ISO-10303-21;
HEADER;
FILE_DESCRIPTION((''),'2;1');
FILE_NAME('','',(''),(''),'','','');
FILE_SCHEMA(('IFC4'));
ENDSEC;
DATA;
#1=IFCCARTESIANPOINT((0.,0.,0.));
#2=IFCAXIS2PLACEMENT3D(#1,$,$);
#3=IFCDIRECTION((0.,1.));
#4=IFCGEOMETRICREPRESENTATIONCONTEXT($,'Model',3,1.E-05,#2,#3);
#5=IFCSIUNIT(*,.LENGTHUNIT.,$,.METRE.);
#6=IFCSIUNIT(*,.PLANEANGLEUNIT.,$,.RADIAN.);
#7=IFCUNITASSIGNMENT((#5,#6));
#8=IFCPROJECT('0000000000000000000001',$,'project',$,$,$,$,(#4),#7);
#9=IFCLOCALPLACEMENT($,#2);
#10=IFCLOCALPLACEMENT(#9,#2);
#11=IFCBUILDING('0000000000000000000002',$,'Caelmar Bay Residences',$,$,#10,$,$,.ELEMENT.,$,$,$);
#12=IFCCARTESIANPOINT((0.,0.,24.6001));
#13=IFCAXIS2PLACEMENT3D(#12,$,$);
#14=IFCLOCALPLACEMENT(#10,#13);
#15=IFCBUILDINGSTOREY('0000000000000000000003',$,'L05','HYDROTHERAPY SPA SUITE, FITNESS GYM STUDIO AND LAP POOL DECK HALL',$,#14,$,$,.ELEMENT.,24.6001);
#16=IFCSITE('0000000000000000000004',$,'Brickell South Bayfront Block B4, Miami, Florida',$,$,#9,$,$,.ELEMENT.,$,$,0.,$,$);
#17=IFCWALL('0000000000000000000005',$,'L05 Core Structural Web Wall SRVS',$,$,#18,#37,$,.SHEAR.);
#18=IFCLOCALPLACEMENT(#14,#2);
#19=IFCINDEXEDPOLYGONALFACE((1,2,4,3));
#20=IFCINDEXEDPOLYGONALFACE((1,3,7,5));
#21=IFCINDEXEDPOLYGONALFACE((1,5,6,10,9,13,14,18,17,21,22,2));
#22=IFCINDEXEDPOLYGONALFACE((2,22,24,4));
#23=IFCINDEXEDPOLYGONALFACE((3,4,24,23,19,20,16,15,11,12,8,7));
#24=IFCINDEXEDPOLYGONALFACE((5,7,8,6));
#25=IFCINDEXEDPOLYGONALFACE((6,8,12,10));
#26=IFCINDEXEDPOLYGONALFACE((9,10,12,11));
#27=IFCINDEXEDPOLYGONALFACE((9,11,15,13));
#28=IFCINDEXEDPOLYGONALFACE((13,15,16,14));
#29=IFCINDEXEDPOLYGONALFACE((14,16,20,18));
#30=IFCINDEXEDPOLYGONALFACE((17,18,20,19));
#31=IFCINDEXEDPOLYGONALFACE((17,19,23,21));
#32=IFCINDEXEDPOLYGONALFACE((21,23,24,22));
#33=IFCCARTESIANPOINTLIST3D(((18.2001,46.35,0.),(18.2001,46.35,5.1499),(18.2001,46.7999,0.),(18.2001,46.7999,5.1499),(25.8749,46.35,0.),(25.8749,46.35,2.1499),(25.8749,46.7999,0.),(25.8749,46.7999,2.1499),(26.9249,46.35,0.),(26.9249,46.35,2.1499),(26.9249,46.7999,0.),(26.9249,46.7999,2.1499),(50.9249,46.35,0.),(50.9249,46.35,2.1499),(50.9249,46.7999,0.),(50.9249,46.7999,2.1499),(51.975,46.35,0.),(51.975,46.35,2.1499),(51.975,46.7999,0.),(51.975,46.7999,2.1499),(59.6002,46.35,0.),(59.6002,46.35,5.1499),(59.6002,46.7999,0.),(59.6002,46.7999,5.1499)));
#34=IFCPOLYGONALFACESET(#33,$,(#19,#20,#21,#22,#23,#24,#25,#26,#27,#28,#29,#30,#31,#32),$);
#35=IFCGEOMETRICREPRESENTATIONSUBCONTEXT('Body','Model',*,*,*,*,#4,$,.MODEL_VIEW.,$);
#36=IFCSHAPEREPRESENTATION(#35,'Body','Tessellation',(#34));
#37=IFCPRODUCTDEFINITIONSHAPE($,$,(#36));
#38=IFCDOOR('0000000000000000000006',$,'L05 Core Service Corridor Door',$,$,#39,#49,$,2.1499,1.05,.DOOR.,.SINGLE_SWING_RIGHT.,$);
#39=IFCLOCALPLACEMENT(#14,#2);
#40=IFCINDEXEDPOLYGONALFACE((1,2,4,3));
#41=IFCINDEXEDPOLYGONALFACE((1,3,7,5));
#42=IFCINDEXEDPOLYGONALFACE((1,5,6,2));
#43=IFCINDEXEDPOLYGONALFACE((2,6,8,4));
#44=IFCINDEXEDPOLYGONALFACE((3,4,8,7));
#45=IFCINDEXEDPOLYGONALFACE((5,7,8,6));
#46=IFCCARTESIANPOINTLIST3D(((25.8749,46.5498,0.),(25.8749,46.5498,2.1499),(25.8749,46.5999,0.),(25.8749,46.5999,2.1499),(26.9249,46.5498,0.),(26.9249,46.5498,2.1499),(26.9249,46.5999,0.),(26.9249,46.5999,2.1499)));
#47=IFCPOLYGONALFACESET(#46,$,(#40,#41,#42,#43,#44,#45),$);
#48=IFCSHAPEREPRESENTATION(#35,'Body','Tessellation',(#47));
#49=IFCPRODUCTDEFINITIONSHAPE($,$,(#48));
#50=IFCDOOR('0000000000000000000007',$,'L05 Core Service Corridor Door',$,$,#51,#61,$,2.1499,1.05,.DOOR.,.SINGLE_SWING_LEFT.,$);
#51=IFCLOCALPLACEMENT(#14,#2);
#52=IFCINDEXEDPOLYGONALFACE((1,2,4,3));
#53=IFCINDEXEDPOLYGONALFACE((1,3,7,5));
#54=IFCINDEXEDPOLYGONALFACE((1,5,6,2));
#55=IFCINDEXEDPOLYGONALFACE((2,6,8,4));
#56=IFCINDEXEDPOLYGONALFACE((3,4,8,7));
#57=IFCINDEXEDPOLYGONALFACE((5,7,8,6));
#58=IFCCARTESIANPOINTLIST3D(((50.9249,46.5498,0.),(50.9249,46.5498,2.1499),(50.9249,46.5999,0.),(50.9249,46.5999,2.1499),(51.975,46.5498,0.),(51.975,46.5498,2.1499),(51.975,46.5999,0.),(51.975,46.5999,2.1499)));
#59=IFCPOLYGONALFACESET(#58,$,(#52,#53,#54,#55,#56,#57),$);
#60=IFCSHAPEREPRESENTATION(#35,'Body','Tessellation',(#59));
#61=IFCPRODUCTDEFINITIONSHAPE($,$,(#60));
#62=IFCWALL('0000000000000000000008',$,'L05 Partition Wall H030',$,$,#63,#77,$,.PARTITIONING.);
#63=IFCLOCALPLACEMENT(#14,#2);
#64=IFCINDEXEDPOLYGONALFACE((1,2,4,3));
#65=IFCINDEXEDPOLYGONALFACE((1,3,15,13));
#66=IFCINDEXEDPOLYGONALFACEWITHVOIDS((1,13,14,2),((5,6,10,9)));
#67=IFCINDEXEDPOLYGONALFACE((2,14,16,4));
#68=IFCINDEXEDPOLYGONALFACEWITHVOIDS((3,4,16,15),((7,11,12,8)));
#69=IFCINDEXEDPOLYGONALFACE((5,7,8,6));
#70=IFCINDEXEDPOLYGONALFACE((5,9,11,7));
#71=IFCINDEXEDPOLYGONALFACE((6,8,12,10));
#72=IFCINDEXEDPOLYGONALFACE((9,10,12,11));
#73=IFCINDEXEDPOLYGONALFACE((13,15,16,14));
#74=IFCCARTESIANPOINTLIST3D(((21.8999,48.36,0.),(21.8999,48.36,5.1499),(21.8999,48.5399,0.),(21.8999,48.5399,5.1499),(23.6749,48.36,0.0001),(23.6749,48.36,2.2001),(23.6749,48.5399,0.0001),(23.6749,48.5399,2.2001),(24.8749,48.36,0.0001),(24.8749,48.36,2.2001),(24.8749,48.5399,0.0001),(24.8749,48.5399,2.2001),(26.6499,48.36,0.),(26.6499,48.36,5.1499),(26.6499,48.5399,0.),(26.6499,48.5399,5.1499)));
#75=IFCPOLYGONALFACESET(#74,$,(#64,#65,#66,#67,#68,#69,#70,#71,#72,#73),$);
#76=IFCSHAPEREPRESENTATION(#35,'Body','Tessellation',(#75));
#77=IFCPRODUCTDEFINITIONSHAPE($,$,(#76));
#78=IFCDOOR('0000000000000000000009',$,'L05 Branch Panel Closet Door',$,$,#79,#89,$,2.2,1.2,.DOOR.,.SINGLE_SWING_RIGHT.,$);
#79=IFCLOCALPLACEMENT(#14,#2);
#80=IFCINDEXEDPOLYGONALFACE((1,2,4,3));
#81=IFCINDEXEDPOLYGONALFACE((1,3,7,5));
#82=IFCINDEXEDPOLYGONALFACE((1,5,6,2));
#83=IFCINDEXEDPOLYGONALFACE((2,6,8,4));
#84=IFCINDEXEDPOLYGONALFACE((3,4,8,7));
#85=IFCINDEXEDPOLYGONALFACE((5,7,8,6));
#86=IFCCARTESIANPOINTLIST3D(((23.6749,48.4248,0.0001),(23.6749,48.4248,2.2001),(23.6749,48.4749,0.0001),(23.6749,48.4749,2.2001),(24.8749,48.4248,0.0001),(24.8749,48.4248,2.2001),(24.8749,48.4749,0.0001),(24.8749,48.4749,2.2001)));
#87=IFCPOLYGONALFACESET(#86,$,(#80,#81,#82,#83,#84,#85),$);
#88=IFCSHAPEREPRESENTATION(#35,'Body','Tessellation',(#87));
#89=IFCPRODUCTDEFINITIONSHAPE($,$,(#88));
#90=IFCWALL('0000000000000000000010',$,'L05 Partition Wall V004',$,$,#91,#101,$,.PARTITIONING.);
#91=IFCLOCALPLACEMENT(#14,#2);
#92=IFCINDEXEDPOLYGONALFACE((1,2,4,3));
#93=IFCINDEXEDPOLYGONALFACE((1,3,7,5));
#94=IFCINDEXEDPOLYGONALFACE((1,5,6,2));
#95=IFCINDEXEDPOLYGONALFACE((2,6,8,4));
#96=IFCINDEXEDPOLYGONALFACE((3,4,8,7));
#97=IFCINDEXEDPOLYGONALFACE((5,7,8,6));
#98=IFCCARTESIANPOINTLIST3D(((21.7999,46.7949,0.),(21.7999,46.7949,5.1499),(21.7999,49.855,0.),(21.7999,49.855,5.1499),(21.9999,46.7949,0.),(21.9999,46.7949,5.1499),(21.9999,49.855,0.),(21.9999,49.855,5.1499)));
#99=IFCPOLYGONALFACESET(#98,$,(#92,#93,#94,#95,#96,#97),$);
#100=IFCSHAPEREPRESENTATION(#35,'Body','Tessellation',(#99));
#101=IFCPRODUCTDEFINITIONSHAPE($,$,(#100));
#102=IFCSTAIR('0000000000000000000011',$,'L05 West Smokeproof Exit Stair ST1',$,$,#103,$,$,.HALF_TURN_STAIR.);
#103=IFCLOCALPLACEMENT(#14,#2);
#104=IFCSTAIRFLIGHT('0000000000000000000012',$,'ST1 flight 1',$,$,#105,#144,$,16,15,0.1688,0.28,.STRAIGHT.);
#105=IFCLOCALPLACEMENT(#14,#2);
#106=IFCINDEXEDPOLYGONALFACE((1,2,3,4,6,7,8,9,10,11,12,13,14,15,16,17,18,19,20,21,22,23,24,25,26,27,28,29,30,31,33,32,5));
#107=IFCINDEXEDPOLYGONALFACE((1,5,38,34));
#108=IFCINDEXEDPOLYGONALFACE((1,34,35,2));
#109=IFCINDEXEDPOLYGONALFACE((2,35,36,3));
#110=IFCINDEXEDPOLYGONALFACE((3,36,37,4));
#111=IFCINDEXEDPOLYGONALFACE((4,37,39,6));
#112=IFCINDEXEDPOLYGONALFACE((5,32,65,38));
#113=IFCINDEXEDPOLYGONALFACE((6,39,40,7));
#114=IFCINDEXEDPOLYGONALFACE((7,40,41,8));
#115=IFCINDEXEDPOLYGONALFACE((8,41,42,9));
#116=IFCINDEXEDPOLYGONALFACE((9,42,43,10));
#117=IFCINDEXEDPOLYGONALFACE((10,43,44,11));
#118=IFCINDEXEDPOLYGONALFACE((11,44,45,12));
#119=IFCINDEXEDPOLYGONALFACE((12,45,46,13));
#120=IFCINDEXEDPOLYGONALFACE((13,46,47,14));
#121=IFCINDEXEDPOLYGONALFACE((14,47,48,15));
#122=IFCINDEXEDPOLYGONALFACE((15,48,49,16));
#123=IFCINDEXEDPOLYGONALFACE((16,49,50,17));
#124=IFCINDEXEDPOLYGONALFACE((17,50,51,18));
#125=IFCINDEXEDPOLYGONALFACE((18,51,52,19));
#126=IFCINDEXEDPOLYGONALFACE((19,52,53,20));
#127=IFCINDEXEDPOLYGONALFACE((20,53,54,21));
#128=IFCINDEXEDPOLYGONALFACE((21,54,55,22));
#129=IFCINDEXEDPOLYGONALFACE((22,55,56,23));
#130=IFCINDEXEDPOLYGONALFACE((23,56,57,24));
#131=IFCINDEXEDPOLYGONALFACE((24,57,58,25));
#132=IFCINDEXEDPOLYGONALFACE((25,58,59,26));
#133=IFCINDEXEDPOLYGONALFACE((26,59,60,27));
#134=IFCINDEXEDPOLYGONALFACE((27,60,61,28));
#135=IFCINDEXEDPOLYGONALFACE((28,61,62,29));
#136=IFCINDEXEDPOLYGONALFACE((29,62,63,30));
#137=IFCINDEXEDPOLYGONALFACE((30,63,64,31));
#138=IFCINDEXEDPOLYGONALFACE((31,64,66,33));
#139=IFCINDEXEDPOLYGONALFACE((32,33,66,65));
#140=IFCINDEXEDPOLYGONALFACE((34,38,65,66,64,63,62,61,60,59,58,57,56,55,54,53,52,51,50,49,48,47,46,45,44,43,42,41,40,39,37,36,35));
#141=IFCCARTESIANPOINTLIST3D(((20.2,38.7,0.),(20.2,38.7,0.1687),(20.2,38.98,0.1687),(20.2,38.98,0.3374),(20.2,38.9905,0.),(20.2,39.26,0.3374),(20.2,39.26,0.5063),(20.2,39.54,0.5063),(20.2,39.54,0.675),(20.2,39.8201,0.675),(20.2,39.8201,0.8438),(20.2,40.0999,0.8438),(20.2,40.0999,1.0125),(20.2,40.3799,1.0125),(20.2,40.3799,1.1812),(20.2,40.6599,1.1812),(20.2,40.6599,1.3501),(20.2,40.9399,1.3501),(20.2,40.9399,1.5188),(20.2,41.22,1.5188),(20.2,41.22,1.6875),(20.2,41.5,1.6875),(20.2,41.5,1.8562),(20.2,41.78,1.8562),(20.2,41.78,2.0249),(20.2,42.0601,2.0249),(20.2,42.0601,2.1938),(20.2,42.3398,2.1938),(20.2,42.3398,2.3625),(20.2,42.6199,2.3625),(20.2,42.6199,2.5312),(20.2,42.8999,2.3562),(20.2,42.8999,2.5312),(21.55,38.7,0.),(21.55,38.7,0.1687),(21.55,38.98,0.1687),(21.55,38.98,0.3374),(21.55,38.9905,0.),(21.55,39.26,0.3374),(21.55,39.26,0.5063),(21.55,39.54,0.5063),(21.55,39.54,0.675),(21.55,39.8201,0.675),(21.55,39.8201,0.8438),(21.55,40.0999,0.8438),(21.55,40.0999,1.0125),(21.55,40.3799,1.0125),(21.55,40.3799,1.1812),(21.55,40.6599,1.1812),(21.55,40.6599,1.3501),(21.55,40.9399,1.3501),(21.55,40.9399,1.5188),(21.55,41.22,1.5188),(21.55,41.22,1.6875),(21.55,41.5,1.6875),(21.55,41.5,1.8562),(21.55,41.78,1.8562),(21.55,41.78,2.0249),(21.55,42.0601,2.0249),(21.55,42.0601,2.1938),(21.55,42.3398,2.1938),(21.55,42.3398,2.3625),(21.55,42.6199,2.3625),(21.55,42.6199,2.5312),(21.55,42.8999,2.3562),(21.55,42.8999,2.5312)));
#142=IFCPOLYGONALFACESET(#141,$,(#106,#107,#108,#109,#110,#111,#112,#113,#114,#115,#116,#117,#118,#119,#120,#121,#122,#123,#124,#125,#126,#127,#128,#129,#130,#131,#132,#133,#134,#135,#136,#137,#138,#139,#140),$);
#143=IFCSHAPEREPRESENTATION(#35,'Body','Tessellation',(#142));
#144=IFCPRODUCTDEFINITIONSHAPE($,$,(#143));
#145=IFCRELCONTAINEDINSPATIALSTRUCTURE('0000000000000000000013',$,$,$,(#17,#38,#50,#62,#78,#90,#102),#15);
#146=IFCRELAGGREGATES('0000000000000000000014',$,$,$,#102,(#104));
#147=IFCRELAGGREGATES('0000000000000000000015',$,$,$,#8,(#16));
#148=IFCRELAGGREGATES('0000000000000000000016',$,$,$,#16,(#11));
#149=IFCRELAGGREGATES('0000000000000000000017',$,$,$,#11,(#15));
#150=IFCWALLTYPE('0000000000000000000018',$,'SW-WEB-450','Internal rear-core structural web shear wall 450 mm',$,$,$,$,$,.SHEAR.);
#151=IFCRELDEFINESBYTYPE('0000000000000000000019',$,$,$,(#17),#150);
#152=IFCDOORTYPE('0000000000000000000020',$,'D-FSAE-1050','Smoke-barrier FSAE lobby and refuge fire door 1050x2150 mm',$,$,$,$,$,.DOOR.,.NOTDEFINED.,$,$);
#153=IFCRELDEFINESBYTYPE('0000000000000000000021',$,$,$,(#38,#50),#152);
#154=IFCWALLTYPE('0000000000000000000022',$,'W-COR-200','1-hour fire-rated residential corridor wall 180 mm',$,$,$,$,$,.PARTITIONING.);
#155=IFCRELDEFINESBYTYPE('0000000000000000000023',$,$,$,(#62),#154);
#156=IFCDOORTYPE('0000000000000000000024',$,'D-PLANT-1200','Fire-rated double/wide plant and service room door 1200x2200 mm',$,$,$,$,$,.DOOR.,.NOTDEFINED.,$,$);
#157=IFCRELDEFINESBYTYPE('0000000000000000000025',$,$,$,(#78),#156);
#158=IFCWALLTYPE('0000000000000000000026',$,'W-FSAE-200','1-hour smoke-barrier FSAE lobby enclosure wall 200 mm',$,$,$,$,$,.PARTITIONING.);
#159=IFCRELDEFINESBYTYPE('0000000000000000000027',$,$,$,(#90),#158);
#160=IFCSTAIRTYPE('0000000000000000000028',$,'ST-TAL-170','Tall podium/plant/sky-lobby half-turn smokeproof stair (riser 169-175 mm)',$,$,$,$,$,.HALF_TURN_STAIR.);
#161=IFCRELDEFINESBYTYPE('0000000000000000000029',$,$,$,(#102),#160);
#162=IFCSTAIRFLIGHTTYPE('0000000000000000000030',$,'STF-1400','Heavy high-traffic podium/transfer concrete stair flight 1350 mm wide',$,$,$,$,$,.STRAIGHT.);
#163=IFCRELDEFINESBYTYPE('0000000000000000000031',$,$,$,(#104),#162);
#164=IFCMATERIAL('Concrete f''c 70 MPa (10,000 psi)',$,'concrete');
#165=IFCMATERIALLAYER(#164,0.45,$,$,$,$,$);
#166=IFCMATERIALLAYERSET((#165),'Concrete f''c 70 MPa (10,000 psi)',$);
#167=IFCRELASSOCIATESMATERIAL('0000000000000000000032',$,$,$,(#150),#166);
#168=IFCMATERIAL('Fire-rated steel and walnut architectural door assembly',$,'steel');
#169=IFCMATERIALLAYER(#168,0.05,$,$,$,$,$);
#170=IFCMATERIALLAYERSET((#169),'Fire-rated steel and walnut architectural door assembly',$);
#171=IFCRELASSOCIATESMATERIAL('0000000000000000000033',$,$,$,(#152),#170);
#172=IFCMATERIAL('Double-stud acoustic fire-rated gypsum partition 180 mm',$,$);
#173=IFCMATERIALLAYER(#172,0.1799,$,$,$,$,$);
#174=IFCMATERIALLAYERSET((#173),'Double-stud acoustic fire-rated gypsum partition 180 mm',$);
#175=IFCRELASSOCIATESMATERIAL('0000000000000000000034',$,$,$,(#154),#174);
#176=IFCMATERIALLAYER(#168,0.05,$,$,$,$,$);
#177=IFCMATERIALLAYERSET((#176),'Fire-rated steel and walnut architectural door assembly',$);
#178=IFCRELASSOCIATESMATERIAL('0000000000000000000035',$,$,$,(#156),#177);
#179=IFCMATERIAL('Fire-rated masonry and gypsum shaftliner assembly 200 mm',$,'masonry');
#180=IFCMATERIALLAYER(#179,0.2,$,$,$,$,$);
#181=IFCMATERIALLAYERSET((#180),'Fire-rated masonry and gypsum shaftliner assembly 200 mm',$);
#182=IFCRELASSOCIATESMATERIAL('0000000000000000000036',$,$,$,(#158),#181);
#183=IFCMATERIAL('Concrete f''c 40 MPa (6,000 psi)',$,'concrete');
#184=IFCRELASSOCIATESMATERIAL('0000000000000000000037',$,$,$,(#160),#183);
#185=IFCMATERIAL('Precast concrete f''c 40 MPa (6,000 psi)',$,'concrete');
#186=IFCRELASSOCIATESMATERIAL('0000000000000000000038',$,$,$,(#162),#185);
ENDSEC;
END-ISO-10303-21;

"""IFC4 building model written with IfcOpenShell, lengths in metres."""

from ifc_helpers import new_model, si_unit, direction, frame, frame_2d, origin, place, context, subcontext, project, spatial, polyline, rectangle, outline, extrude, material, layer, layer_set, type_object, element, fill, aggregate, save


model = new_model("IFC4")

# Units and contexts
model_context = context("Model", 3, precision=1e-05, world=origin(), true_north=direction((0.0, 1.0)))
body_context = subcontext(model_context, "Body", "Model", "MODEL_VIEW")
ifc_project = project(units=[si_unit("LENGTHUNIT", "METRE"), si_unit("PLANEANGLEUNIT", "RADIAN")], contexts=[model_context])

# Site, building, storey
site_placement = place(None, origin())
site = spatial("IfcSite", under=ifc_project, at=site_placement, Name="Brickell South Bayfront Block B4, Miami, Florida", CompositionType="ELEMENT", RefElevation=0.0)
building_placement = place(site_placement, origin())
building = spatial("IfcBuilding", under=site, at=building_placement, Name="Caelmar Bay Residences", CompositionType="ELEMENT")
storey_placement = place(building_placement, frame((0.0, 0.0, 24.6001)))
storey = spatial("IfcBuildingStorey", under=building, at=storey_placement, Name="L05", Description="HYDROTHERAPY SPA SUITE, FITNESS GYM STUDIO AND LAP POOL DECK HALL", CompositionType="ELEMENT", Elevation=24.6001)

# Wall, openings, doors
ifc_material_1 = material(Name="Concrete f'c 70 MPa (10,000 psi)", Category="concrete")
ifc_layer_1 = layer(ifc_material_1, 0.45)
ifc_layer_set_1 = layer_set([ifc_layer_1], Name="Concrete f'c 70 MPa (10,000 psi)")
wall_type_1 = type_object("IfcWallType", Name="SW-WEB-450", Description="Internal rear-core structural web shear wall 450 mm", PredefinedType="SHEAR", material=ifc_layer_set_1)
wall_1_placement = place(storey_placement, frame((18.2, 46.575, 0.0), z_axis=(0.0, 0.0, 1.0), x_axis=(1.0, 0.0, 0.0)))
wall_1 = element("IfcWall", 1, at=wall_1_placement, inside=storey, type_object=wall_type_1, Name="L05 Core Structural Web Wall SRVS", PredefinedType="SHEAR", context=body_context, shape_type="SweptSolid", body=[
    extrude(rectangle(XDim=41.4001, YDim=0.45, at=frame_2d((20.7002, 0.0))), origin(), (0.0, 0.0, 1.0), 5.1499),
])
opening_1_placement = place(wall_1_placement, frame((7.675, 0.0, 0.0)))
opening_1 = element("IfcOpeningElement", 2, at=opening_1_placement, cuts=wall_1, PredefinedType="OPENING", context=body_context, shape_type="SweptSolid", body=[
    extrude(rectangle(XDim=1.05, YDim=2.1499, at=frame_2d((0.5249, 1.075))), frame((0.0, 0.2349, 0.0), z_axis=(0.0, -1.0, 0.0), x_axis=(1.0, 0.0, 0.0)), (0.0, 0.0, 1.0), 0.47),
])
opening_2_placement = place(wall_1_placement, frame((32.7251, 0.0, 0.0)))
opening_2 = element("IfcOpeningElement", 3, at=opening_2_placement, cuts=wall_1, PredefinedType="OPENING", context=body_context, shape_type="SweptSolid", body=[
    extrude(rectangle(XDim=1.05, YDim=2.1499, at=frame_2d((0.5249, 1.075))), frame((0.0, 0.2349, 0.0), z_axis=(0.0, -1.0, 0.0), x_axis=(1.0, 0.0, 0.0)), (0.0, 0.0, 1.0), 0.47),
])
ifc_material_2 = material(Name="Fire-rated steel and walnut architectural door assembly", Category="steel")
ifc_layer_2 = layer(ifc_material_2, 0.05)
ifc_layer_set_2 = layer_set([ifc_layer_2], Name="Fire-rated steel and walnut architectural door assembly")
door_type_1 = type_object("IfcDoorType", Name="D-FSAE-1050", Description="Smoke-barrier FSAE lobby and refuge fire door 1050x2150 mm", OperationType="NOTDEFINED", PredefinedType="DOOR", material=ifc_layer_set_2)
door_1_placement = place(opening_1_placement, origin())
door_1 = element("IfcDoor", 4, at=door_1_placement, inside=storey, type_object=door_type_1, Name="L05 Core Service Corridor Door", OperationType="SINGLE_SWING_RIGHT", OverallHeight=2.1499, OverallWidth=1.05, PredefinedType="DOOR", context=body_context, shape_type="SweptSolid", body=[
    extrude(rectangle(XDim=1.05, YDim=2.1499, at=frame_2d((0.5249, 1.075))), frame((0.0, 0.0249, 0.0), z_axis=(0.0, -1.0, 0.0), x_axis=(1.0, 0.0, 0.0)), (0.0, 0.0, 1.0), 0.05),
])
fill(opening_1, door_1)
door_2_placement = place(opening_2_placement, origin())
door_2 = element("IfcDoor", 5, at=door_2_placement, inside=storey, type_object=door_type_1, Name="L05 Core Service Corridor Door", OperationType="SINGLE_SWING_LEFT", OverallHeight=2.1499, OverallWidth=1.05, PredefinedType="DOOR", context=body_context, shape_type="SweptSolid", body=[
    extrude(rectangle(XDim=1.05, YDim=2.1499, at=frame_2d((0.5249, 1.075))), frame((0.0, 0.0249, 0.0), z_axis=(0.0, -1.0, 0.0), x_axis=(1.0, 0.0, 0.0)), (0.0, 0.0, 1.0), 0.05),
])
fill(opening_2, door_2)

# Wall, opening, door
ifc_material_3 = material(Name="Double-stud acoustic fire-rated gypsum partition 180 mm")
ifc_layer_3 = layer(ifc_material_3, 0.1799)
ifc_layer_set_3 = layer_set([ifc_layer_3], Name="Double-stud acoustic fire-rated gypsum partition 180 mm")
wall_type_2 = type_object("IfcWallType", Name="W-COR-200", Description="1-hour fire-rated residential corridor wall 180 mm", PredefinedType="PARTITIONING", material=ifc_layer_set_3)
wall_2_placement = place(storey_placement, frame((21.8999, 48.45, 0.0), z_axis=(0.0, 0.0, 1.0), x_axis=(1.0, 0.0, 0.0)))
wall_2 = element("IfcWall", 6, at=wall_2_placement, inside=storey, type_object=wall_type_2, Name="L05 Partition Wall H030", PredefinedType="PARTITIONING", context=body_context, shape_type="SweptSolid", body=[
    extrude(rectangle(XDim=4.75, YDim=0.1799, at=frame_2d((2.375, 0.0))), origin(), (0.0, 0.0, 1.0), 5.1499),
])
opening_3_placement = place(wall_2_placement, frame((1.7749, 0.0, 0.0)))
opening_3 = element("IfcOpeningElement", 7, at=opening_3_placement, cuts=wall_2, PredefinedType="OPENING", context=body_context, shape_type="SweptSolid", body=[
    extrude(rectangle(XDim=1.2, YDim=2.2, at=frame_2d((0.6001, 1.1001))), frame((0.0, 0.0999, 0.0), z_axis=(0.0, -1.0, 0.0), x_axis=(1.0, 0.0, 0.0)), (0.0, 0.0, 1.0), 0.2),
])
ifc_layer_4 = layer(ifc_material_2, 0.05)
ifc_layer_set_4 = layer_set([ifc_layer_4], Name="Fire-rated steel and walnut architectural door assembly")
door_type_2 = type_object("IfcDoorType", Name="D-PLANT-1200", Description="Fire-rated double/wide plant and service room door 1200x2200 mm", OperationType="NOTDEFINED", PredefinedType="DOOR", material=ifc_layer_set_4)
door_3_placement = place(opening_3_placement, origin())
door_3 = element("IfcDoor", 8, at=door_3_placement, inside=storey, type_object=door_type_2, Name="L05 Branch Panel Closet Door", OperationType="SINGLE_SWING_RIGHT", OverallHeight=2.2, OverallWidth=1.2, PredefinedType="DOOR", context=body_context, shape_type="SweptSolid", body=[
    extrude(rectangle(XDim=1.2, YDim=2.2, at=frame_2d((0.6001, 1.1001))), frame((0.0, 0.0249, 0.0), z_axis=(0.0, -1.0, 0.0), x_axis=(1.0, 0.0, 0.0)), (0.0, 0.0, 1.0), 0.05),
])
fill(opening_3, door_3)

# Wall
ifc_material_4 = material(Name="Fire-rated masonry and gypsum shaftliner assembly 200 mm", Category="masonry")
ifc_layer_5 = layer(ifc_material_4, 0.2)
ifc_layer_set_5 = layer_set([ifc_layer_5], Name="Fire-rated masonry and gypsum shaftliner assembly 200 mm")
wall_type_3 = type_object("IfcWallType", Name="W-FSAE-200", Description="1-hour smoke-barrier FSAE lobby enclosure wall 200 mm", PredefinedType="PARTITIONING", material=ifc_layer_set_5)
wall_3_placement = place(storey_placement, frame((21.8999, 46.7949, 0.0), z_axis=(0.0, 0.0, 1.0), x_axis=(0.0, 1.0, 0.0)))
element("IfcWall", 9, at=wall_3_placement, inside=storey, type_object=wall_type_3, Name="L05 Partition Wall V004", PredefinedType="PARTITIONING", context=body_context, shape_type="SweptSolid", body=[
    extrude(rectangle(XDim=3.0601, YDim=0.2, at=frame_2d((1.53, 0.0))), origin(), (0.0, 0.0, 1.0), 5.1499),
])

# Stair, stair flight
ifc_material_5 = material(Name="Concrete f'c 40 MPa (6,000 psi)", Category="concrete")
stair_type = type_object("IfcStairType", Name="ST-TAL-170", Description="Tall podium/plant/sky-lobby half-turn smokeproof stair (riser 169-175 mm)", PredefinedType="HALF_TURN_STAIR", material=ifc_material_5)
stair_placement = place(storey_placement, origin())
stair = element("IfcStair", 10, at=stair_placement, inside=storey, type_object=stair_type, Name="L05 West Smokeproof Exit Stair ST1", PredefinedType="HALF_TURN_STAIR")
ifc_material_6 = material(Name="Precast concrete f'c 40 MPa (6,000 psi)", Category="concrete")
stair_flight_type = type_object("IfcStairFlightType", Name="STF-1400", Description="Heavy high-traffic podium/transfer concrete stair flight 1350 mm wide", PredefinedType="STRAIGHT", material=ifc_material_6)
stair_flight_1_placement = place(storey_placement, frame((20.875, 38.7, 0.0), z_axis=(0.0, 0.0, 1.0), x_axis=(0.0, 1.0, 0.0)))
stair_flight_1 = element("IfcStairFlight", 11, at=stair_flight_1_placement, type_object=stair_flight_type, Name="ST1 flight 1", NumberOfRisers=16, NumberOfTreads=15, PredefinedType="STRAIGHT", RiserHeight=0.1688, TreadLength=0.28, context=body_context, shape_type="SweptSolid", body=[
    extrude(outline(polyline([(0.0, 0.0), (0.0, 0.1687), (0.28, 0.1687), (0.28, 0.3374), (0.5601, 0.3374), (0.5601, 0.5063), (0.8401, 0.5063), (0.8401, 0.675), (1.1201, 0.675), (1.1201, 0.8438), (1.3999, 0.8438), (1.3999, 1.0125), (1.6799, 1.0125), (1.6799, 1.1812), (1.96, 1.1812), (1.96, 1.3501), (2.24, 1.3501), (2.24, 1.5188), (2.52, 1.5188), (2.52, 1.6875), (2.8, 1.6875), (2.8, 1.8562), (3.0801, 1.8562), (3.0801, 2.0249), (3.3601, 2.0249), (3.3601, 2.1938), (3.6399, 2.1938), (3.6399, 2.3625), (3.9199, 2.3625), (3.9199, 2.5312), (4.2, 2.5312), (4.2, 2.7), (4.2, 2.3562), (0.2905, 0.0), (0.0, 0.0)])), frame((0.0, 0.675, 0.0), z_axis=(0.0, -1.0, 0.0), x_axis=(1.0, 0.0, 0.0)), (0.0, 0.0, 1.0), 1.3501),
])
aggregate(stair, [stair_flight_1])

save(model, "model.ifc")
